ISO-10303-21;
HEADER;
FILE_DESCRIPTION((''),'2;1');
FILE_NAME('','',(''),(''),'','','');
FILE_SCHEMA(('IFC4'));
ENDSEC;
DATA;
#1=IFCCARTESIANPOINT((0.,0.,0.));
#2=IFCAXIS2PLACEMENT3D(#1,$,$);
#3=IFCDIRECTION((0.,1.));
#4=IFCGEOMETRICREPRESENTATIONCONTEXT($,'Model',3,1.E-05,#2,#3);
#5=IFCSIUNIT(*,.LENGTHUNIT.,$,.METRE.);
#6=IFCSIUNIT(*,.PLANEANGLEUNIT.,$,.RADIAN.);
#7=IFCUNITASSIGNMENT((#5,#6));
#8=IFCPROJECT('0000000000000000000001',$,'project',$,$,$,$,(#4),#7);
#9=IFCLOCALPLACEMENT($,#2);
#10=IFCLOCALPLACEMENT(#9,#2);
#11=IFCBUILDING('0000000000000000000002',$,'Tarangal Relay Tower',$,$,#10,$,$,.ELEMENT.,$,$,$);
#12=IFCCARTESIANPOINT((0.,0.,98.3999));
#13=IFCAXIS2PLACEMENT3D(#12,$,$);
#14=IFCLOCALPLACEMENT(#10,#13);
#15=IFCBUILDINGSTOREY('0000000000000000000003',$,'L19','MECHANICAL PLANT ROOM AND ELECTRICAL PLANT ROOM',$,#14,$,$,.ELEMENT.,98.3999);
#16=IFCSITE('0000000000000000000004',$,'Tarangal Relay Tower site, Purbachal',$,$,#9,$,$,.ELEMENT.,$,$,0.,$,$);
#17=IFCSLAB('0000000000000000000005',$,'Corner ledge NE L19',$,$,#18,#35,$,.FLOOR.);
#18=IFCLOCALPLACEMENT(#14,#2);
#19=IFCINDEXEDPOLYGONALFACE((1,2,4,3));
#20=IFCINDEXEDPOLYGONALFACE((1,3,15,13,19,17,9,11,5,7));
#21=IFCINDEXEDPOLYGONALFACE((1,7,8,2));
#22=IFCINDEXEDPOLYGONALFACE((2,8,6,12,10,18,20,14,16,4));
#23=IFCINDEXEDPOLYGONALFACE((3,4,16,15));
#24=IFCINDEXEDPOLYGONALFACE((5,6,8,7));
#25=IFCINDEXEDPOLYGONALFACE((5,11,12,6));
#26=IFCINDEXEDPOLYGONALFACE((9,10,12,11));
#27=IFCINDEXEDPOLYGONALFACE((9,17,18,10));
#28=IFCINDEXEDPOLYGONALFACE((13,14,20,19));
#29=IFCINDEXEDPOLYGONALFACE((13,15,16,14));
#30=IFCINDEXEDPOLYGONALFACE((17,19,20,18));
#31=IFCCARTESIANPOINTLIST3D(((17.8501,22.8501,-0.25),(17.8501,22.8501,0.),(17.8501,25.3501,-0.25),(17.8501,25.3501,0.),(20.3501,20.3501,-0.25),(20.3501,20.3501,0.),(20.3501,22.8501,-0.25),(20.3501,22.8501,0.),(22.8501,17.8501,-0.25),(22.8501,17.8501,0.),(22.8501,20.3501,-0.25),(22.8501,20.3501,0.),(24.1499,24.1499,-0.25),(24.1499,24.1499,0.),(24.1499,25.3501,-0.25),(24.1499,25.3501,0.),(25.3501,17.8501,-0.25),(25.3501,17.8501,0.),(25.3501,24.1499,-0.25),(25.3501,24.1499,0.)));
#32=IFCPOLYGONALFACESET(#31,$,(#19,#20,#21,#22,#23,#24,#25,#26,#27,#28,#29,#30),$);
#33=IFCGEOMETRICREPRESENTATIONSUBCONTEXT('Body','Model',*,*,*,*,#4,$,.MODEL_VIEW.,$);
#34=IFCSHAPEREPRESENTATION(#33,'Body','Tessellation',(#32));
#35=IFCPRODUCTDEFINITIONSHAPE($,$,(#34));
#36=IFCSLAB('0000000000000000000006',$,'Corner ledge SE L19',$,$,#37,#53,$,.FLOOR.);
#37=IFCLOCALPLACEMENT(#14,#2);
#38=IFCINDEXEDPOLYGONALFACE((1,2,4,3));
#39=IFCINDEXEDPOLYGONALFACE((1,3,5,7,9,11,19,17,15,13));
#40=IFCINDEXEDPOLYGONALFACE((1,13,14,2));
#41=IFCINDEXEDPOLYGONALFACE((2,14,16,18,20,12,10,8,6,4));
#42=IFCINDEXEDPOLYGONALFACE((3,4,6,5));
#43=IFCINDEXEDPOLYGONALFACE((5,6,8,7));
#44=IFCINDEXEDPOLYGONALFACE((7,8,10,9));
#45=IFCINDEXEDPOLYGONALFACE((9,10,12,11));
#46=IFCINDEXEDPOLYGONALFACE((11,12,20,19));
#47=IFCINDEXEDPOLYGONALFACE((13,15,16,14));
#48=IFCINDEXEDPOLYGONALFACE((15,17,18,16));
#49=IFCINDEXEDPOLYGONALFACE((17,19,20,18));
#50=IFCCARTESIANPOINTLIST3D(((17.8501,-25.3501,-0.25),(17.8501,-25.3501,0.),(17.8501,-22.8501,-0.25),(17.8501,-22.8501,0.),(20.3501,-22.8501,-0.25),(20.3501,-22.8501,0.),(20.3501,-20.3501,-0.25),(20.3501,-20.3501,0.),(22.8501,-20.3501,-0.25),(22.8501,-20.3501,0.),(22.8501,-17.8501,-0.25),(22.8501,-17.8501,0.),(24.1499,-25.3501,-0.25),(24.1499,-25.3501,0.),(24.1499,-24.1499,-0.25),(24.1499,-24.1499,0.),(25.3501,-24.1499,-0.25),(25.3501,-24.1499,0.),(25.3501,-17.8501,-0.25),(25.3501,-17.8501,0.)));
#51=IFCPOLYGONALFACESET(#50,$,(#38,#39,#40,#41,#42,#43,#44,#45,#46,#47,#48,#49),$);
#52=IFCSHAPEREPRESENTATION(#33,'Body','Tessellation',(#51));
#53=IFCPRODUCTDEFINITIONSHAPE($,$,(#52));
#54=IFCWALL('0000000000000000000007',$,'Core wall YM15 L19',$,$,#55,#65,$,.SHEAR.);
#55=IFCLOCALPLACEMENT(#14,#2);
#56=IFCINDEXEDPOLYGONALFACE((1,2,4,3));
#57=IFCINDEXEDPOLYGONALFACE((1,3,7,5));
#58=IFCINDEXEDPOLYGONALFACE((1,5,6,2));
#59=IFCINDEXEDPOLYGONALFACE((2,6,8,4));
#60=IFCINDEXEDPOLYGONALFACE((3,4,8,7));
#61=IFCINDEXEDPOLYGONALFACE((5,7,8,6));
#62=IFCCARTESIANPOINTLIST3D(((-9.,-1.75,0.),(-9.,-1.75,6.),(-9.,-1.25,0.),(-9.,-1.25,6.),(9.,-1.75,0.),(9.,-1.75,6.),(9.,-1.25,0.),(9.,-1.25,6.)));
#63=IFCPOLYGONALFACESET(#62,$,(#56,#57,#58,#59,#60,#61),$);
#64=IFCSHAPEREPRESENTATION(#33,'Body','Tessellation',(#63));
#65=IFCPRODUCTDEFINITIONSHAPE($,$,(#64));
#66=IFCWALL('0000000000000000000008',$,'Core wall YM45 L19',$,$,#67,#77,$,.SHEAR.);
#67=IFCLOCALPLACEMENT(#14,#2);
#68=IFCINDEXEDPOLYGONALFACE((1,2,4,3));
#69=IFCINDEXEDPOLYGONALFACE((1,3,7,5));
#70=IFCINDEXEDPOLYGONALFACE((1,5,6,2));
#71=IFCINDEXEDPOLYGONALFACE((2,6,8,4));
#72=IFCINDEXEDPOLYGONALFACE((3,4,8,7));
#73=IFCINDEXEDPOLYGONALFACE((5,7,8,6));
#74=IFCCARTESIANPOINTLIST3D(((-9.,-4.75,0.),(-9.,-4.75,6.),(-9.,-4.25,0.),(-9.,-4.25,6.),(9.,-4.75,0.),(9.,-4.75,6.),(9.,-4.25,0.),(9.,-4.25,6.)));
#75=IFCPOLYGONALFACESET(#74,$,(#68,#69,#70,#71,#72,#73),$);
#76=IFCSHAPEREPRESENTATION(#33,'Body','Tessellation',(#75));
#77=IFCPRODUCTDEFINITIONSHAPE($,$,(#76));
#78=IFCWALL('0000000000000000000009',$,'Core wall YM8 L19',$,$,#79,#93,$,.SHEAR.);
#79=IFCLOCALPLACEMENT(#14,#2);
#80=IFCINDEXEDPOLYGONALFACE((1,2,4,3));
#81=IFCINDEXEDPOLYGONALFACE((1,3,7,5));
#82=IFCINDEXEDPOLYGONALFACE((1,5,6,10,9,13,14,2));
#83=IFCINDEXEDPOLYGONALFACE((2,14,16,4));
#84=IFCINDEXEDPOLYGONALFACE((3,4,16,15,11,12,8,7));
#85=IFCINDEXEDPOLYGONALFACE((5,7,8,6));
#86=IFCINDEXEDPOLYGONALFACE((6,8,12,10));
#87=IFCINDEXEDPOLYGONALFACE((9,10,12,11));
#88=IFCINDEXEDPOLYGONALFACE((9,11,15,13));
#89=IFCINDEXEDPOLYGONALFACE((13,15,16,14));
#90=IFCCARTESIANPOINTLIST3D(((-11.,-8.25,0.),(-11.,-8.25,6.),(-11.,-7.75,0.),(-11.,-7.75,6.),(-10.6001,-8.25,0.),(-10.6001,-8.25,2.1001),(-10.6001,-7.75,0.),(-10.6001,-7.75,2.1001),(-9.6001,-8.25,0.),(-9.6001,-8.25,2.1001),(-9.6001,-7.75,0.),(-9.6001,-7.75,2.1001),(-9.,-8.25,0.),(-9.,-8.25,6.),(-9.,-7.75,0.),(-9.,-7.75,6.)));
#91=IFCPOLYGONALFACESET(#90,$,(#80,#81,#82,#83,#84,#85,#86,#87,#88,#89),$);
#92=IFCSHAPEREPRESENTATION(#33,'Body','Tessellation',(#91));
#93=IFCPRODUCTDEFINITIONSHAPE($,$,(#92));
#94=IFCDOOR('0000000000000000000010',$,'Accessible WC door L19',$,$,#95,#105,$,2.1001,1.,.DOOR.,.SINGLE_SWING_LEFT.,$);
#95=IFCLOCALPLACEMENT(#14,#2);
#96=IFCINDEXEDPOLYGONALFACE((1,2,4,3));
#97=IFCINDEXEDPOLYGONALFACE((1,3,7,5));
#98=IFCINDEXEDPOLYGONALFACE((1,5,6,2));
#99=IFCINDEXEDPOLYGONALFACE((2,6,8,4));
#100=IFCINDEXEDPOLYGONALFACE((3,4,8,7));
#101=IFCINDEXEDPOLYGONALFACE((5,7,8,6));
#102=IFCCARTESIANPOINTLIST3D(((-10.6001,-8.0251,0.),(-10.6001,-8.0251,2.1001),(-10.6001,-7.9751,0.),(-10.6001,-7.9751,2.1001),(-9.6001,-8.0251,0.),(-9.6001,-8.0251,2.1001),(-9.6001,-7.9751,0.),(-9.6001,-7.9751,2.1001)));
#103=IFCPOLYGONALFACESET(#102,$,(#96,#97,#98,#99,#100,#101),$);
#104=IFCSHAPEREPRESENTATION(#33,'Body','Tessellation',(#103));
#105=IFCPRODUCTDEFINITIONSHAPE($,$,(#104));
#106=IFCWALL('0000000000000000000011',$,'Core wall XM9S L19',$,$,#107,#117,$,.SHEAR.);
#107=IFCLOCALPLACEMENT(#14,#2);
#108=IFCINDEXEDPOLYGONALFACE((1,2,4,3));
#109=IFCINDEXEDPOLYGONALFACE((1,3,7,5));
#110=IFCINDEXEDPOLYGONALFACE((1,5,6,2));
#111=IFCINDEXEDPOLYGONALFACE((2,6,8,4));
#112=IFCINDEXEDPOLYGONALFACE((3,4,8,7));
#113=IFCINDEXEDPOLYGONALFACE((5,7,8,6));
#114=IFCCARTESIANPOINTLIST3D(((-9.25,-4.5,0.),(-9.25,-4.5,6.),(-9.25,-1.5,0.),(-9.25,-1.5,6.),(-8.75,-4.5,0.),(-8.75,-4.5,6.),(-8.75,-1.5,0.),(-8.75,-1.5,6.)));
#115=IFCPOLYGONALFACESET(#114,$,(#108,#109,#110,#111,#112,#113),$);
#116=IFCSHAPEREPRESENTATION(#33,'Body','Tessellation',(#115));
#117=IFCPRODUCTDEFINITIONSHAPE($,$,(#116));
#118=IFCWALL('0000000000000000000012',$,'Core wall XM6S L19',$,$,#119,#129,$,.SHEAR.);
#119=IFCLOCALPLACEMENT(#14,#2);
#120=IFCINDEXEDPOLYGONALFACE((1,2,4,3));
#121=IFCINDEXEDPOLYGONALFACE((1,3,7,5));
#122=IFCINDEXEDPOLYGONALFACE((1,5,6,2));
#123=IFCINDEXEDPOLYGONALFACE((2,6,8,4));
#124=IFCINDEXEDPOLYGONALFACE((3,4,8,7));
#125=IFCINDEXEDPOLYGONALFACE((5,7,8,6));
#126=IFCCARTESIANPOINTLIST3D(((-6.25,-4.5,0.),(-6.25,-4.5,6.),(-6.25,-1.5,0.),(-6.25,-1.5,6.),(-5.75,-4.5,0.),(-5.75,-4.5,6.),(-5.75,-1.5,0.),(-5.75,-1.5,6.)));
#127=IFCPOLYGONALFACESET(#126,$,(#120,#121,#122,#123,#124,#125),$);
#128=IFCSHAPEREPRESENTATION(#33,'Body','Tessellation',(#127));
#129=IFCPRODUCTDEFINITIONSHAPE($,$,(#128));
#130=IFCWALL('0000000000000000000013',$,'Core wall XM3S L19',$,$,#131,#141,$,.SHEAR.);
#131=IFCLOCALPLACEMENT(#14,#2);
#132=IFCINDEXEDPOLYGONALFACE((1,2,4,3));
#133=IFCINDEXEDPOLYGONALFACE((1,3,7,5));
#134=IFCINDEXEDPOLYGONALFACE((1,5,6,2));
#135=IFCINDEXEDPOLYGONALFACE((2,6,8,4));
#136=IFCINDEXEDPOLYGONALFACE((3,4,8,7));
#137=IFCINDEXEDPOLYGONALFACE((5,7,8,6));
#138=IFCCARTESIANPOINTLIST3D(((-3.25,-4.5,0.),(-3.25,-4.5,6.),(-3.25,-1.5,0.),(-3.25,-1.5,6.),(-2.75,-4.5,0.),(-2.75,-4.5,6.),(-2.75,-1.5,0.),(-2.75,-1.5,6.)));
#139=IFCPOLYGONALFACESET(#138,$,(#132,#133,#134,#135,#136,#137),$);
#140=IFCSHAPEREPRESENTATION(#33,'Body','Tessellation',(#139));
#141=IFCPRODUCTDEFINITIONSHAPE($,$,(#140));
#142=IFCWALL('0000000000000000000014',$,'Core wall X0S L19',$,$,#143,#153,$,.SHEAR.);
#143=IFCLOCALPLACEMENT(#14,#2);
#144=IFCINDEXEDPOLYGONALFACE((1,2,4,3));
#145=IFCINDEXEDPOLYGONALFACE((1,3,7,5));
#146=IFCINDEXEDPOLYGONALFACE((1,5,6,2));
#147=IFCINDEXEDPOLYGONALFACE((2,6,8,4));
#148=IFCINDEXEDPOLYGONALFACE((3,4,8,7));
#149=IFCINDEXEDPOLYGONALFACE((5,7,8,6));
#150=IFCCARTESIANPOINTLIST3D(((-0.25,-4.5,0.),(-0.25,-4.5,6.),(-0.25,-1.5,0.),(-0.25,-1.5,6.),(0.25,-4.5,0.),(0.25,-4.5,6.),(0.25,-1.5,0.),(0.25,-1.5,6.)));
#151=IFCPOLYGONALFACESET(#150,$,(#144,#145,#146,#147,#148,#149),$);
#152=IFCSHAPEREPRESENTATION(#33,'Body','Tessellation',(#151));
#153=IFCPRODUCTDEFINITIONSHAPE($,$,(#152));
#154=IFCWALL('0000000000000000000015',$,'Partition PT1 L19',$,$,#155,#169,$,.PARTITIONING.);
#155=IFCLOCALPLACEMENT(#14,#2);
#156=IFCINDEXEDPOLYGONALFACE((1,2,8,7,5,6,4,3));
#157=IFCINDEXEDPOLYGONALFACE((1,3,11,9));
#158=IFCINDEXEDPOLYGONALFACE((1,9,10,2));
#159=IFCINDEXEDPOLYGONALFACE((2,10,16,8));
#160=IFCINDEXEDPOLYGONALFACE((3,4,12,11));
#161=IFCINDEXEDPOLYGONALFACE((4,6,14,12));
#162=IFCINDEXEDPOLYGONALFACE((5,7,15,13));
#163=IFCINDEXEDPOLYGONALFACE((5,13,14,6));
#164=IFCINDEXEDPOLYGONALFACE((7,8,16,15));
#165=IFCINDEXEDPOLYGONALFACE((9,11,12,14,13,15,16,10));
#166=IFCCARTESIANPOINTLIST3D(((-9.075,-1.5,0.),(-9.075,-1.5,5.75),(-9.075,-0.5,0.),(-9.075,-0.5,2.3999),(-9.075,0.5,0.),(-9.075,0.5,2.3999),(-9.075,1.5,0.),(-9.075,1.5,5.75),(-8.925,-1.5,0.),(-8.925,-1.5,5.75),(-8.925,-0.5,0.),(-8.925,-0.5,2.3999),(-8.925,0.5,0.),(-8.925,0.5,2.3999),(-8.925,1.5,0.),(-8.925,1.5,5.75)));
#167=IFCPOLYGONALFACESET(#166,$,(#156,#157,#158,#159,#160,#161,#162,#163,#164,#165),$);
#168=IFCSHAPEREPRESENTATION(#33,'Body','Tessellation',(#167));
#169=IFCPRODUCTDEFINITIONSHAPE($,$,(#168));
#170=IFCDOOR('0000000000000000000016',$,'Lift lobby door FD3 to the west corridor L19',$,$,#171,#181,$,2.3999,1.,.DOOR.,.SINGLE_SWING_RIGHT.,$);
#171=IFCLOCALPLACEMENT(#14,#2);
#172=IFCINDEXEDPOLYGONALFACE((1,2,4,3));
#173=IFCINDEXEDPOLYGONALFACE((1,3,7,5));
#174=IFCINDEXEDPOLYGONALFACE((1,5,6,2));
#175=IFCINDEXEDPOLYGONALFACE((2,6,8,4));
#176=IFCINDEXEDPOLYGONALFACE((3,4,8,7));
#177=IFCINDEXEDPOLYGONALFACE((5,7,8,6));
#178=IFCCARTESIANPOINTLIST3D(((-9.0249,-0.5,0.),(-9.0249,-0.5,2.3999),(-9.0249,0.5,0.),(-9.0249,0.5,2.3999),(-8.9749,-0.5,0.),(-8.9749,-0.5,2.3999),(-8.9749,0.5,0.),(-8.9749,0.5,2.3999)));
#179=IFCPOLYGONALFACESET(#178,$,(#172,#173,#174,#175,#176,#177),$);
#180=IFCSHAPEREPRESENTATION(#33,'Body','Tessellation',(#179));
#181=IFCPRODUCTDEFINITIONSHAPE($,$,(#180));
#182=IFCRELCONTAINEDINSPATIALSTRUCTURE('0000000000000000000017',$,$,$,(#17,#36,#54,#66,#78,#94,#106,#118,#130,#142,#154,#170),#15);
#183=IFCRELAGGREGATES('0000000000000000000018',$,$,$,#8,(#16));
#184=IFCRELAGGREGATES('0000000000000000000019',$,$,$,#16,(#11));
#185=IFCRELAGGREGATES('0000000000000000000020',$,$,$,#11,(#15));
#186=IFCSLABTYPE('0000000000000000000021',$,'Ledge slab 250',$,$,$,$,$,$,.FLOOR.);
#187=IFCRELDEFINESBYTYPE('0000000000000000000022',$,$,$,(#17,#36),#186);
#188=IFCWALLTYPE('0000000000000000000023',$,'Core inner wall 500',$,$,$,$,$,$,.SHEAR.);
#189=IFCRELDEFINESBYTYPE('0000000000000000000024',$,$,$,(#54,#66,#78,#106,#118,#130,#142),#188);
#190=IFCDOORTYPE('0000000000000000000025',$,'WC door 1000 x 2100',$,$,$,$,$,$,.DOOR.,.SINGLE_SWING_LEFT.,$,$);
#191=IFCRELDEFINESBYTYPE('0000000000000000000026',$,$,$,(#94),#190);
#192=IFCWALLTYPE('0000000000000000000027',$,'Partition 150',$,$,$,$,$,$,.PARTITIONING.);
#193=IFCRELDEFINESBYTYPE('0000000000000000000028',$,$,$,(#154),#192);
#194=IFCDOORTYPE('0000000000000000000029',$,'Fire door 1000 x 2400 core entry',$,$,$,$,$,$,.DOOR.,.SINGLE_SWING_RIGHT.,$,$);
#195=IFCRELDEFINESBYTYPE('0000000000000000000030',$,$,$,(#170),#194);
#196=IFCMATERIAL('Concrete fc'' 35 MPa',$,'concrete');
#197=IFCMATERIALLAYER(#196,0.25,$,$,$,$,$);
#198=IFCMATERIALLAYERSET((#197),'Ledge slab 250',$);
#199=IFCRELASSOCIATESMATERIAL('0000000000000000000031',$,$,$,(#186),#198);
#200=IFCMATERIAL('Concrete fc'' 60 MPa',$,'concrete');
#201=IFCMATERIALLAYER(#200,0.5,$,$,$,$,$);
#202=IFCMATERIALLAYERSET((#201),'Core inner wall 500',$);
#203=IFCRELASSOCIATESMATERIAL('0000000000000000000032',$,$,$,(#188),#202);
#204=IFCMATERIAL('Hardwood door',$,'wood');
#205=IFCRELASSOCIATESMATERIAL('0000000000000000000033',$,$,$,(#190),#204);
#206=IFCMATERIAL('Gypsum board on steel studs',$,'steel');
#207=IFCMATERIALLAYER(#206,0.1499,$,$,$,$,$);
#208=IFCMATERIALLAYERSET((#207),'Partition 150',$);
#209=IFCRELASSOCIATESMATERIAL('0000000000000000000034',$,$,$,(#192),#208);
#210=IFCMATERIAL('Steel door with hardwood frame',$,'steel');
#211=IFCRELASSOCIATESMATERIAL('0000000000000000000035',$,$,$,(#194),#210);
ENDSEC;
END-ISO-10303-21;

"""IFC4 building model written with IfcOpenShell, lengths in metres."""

from ifc_helpers import new_model, si_unit, direction, frame, frame_2d, origin, place, context, subcontext, project, spatial, polyline, rectangle, outline, extrude, material, layer, layer_set, type_object, element, fill, save


model = new_model("IFC4")

# Units and contexts
model_context = context("Model", 3, precision=1e-05, world=origin(), true_north=direction((0.0, 1.0)))
body_context = subcontext(model_context, "Body", "Model", "MODEL_VIEW")
ifc_project = project(units=[si_unit("LENGTHUNIT", "METRE"), si_unit("PLANEANGLEUNIT", "RADIAN")], contexts=[model_context])

# Site, building, storey
site_placement = place(None, origin())
site = spatial("IfcSite", under=ifc_project, at=site_placement, Name="Tarangal Relay Tower site, Purbachal", CompositionType="ELEMENT", RefElevation=0.0)
building_placement = place(site_placement, origin())
building = spatial("IfcBuilding", under=site, at=building_placement, Name="Tarangal Relay Tower", CompositionType="ELEMENT")
storey_placement = place(building_placement, frame((0.0, 0.0, 98.3999)))
storey = spatial("IfcBuildingStorey", under=building, at=storey_placement, Name="L19", Description="MECHANICAL PLANT ROOM AND ELECTRICAL PLANT ROOM", CompositionType="ELEMENT", Elevation=98.3999)

# Slabs
ifc_material_1 = material(Name="Concrete fc' 35 MPa", Category="concrete")
ifc_layer_1 = layer(ifc_material_1, 0.25)
ifc_layer_set_1 = layer_set([ifc_layer_1], Name="Ledge slab 250")
slab_type_1 = type_object("IfcSlabType", Name="Ledge slab 250", PredefinedType="FLOOR", material=ifc_layer_set_1)
slab_1_placement = place(storey_placement, frame((0.0, 0.0, -0.25)))
element("IfcSlab", 1, at=slab_1_placement, inside=storey, type_object=slab_type_1, Name="Corner ledge NE L19", PredefinedType="FLOOR", context=body_context, shape_type="SweptSolid", body=[
    extrude(outline(polyline([(17.8501, 25.3501), (17.8501, 22.8501), (20.3501, 22.8501), (20.3501, 20.3501), (22.8501, 20.3501), (22.8501, 17.8501), (25.3501, 17.8501), (25.3501, 24.1499), (24.1499, 24.1499), (24.1499, 25.3501), (17.8501, 25.3501)])), origin(), (0.0, 0.0, 1.0), 0.25),
])
slab_2_placement = place(storey_placement, frame((0.0, 0.0, -0.25)))
element("IfcSlab", 2, at=slab_2_placement, inside=storey, type_object=slab_type_1, Name="Corner ledge SE L19", PredefinedType="FLOOR", context=body_context, shape_type="SweptSolid", body=[
    extrude(outline(polyline([(25.3501, -17.8501), (22.8501, -17.8501), (22.8501, -20.3501), (20.3501, -20.3501), (20.3501, -22.8501), (17.8501, -22.8501), (17.8501, -25.3501), (24.1499, -25.3501), (24.1499, -24.1499), (25.3501, -24.1499), (25.3501, -17.8501)])), origin(), (0.0, 0.0, 1.0), 0.25),
])

# Walls
ifc_material_2 = material(Name="Concrete fc' 60 MPa", Category="concrete")
ifc_layer_2 = layer(ifc_material_2, 0.5)
ifc_layer_set_2 = layer_set([ifc_layer_2], Name="Core inner wall 500")
wall_type_1 = type_object("IfcWallType", Name="Core inner wall 500", PredefinedType="SHEAR", material=ifc_layer_set_2)
for number, where, z_axis, x_axis, name in (
    (3, (-9.0, -1.5, 0.0), (0.0, 0.0, 1.0), (1.0, 0.0, 0.0), "Core wall YM15 L19"),
    (4, (-9.0, -4.5, 0.0), (0.0, 0.0, 1.0), (1.0, 0.0, 0.0), "Core wall YM45 L19"),
):
    element("IfcWall", number, at=place(storey_placement, frame(where, z_axis=z_axis, x_axis=x_axis)), inside=storey, type_object=wall_type_1, Name=name, PredefinedType="SHEAR", context=body_context, shape_type="SweptSolid", body=[
        extrude(rectangle(XDim=18.0, YDim=0.5, at=frame_2d((9.0, 0.0))), origin(), (0.0, 0.0, 1.0), 6.0),
    ])

# Wall, opening, door
wall_1_placement = place(storey_placement, frame((-11.0, -8.0, 0.0), z_axis=(0.0, 0.0, 1.0), x_axis=(1.0, 0.0, 0.0)))
wall_1 = element("IfcWall", 5, at=wall_1_placement, inside=storey, type_object=wall_type_1, Name="Core wall YM8 L19", PredefinedType="SHEAR", context=body_context, shape_type="SweptSolid", body=[
    extrude(rectangle(XDim=2.0, YDim=0.5, at=frame_2d((1.0, 0.0))), origin(), (0.0, 0.0, 1.0), 6.0),
])
opening_1_placement = place(wall_1_placement, frame((0.3999, 0.0, 0.0)))
opening_1 = element("IfcOpeningElement", 6, at=opening_1_placement, cuts=wall_1, PredefinedType="OPENING", context=body_context, shape_type="SweptSolid", body=[
    extrude(rectangle(XDim=1.0, YDim=2.1001, at=frame_2d((0.5, 1.05))), frame((0.0, 0.26, 0.0), z_axis=(0.0, -1.0, 0.0), x_axis=(1.0, 0.0, 0.0)), (0.0, 0.0, 1.0), 0.52),
])
ifc_material_3 = material(Name="Hardwood door", Category="wood")
door_type_1 = type_object("IfcDoorType", Name="WC door 1000 x 2100", OperationType="SINGLE_SWING_LEFT", PredefinedType="DOOR", material=ifc_material_3)
door_1_placement = place(opening_1_placement, origin())
door_1 = element("IfcDoor", 7, at=door_1_placement, inside=storey, type_object=door_type_1, Name="Accessible WC door L19", OperationType="SINGLE_SWING_LEFT", OverallHeight=2.1001, OverallWidth=1.0, PredefinedType="DOOR", context=body_context, shape_type="SweptSolid", body=[
    extrude(rectangle(XDim=1.0, YDim=2.1001, at=frame_2d((0.5, 1.05))), frame((0.0, 0.0249, 0.0), z_axis=(0.0, -1.0, 0.0), x_axis=(1.0, 0.0, 0.0)), (0.0, 0.0, 1.0), 0.05),
])
fill(opening_1, door_1)

# Walls
for number, where, z_axis, x_axis, name in (
    (8, (-9.0, -4.5, 0.0), (0.0, 0.0, 1.0), (0.0, 1.0, 0.0), "Core wall XM9S L19"),
    (9, (-6.0, -4.5, 0.0), (0.0, 0.0, 1.0), (0.0, 1.0, 0.0), "Core wall XM6S L19"),
    (10, (-3.0, -4.5, 0.0), (0.0, 0.0, 1.0), (0.0, 1.0, 0.0), "Core wall XM3S L19"),
    (11, (0.0, -4.5, 0.0), (0.0, 0.0, 1.0), (0.0, 1.0, 0.0), "Core wall X0S L19"),
):
    element("IfcWall", number, at=place(storey_placement, frame(where, z_axis=z_axis, x_axis=x_axis)), inside=storey, type_object=wall_type_1, Name=name, PredefinedType="SHEAR", context=body_context, shape_type="SweptSolid", body=[
        extrude(rectangle(XDim=3.0, YDim=0.5, at=frame_2d((1.5, 0.0))), origin(), (0.0, 0.0, 1.0), 6.0),
    ])

# Wall, opening, door
ifc_material_4 = material(Name="Gypsum board on steel studs", Category="steel")
ifc_layer_3 = layer(ifc_material_4, 0.1499)
ifc_layer_set_3 = layer_set([ifc_layer_3], Name="Partition 150")
wall_type_2 = type_object("IfcWallType", Name="Partition 150", PredefinedType="PARTITIONING", material=ifc_layer_set_3)
wall_2_placement = place(storey_placement, frame((-9.0, -1.5, 0.0), z_axis=(0.0, 0.0, 1.0), x_axis=(0.0, 1.0, 0.0)))
wall_2 = element("IfcWall", 12, at=wall_2_placement, inside=storey, type_object=wall_type_2, Name="Partition PT1 L19", PredefinedType="PARTITIONING", context=body_context, shape_type="SweptSolid", body=[
    extrude(rectangle(XDim=3.0, YDim=0.1499, at=frame_2d((1.5, 0.0))), origin(), (0.0, 0.0, 1.0), 5.75),
])
opening_2_placement = place(wall_2_placement, frame((1.0, 0.0, 0.0)))
opening_2 = element("IfcOpeningElement", 13, at=opening_2_placement, cuts=wall_2, PredefinedType="OPENING", context=body_context, shape_type="SweptSolid", body=[
    extrude(rectangle(XDim=1.0, YDim=2.3999, at=frame_2d((0.5, 1.2))), frame((0.0, 0.085, 0.0), z_axis=(0.0, -1.0, 0.0), x_axis=(1.0, 0.0, 0.0)), (0.0, 0.0, 1.0), 0.1699),
])
ifc_material_5 = material(Name="Steel door with hardwood frame", Category="steel")
door_type_2 = type_object("IfcDoorType", Name="Fire door 1000 x 2400 core entry", OperationType="SINGLE_SWING_RIGHT", PredefinedType="DOOR", material=ifc_material_5)
door_2_placement = place(opening_2_placement, origin())
door_2 = element("IfcDoor", 14, at=door_2_placement, inside=storey, type_object=door_type_2, Name="Lift lobby door FD3 to the west corridor L19", OperationType="SINGLE_SWING_RIGHT", OverallHeight=2.3999, OverallWidth=1.0, PredefinedType="DOOR", context=body_context, shape_type="SweptSolid", body=[
    extrude(rectangle(XDim=1.0, YDim=2.3999, at=frame_2d((0.5, 1.2))), frame((0.0, 0.0249, 0.0), z_axis=(0.0, -1.0, 0.0), x_axis=(1.0, 0.0, 0.0)), (0.0, 0.0, 1.0), 0.05),
])
fill(opening_2, door_2)

save(model, "model.ifc")
